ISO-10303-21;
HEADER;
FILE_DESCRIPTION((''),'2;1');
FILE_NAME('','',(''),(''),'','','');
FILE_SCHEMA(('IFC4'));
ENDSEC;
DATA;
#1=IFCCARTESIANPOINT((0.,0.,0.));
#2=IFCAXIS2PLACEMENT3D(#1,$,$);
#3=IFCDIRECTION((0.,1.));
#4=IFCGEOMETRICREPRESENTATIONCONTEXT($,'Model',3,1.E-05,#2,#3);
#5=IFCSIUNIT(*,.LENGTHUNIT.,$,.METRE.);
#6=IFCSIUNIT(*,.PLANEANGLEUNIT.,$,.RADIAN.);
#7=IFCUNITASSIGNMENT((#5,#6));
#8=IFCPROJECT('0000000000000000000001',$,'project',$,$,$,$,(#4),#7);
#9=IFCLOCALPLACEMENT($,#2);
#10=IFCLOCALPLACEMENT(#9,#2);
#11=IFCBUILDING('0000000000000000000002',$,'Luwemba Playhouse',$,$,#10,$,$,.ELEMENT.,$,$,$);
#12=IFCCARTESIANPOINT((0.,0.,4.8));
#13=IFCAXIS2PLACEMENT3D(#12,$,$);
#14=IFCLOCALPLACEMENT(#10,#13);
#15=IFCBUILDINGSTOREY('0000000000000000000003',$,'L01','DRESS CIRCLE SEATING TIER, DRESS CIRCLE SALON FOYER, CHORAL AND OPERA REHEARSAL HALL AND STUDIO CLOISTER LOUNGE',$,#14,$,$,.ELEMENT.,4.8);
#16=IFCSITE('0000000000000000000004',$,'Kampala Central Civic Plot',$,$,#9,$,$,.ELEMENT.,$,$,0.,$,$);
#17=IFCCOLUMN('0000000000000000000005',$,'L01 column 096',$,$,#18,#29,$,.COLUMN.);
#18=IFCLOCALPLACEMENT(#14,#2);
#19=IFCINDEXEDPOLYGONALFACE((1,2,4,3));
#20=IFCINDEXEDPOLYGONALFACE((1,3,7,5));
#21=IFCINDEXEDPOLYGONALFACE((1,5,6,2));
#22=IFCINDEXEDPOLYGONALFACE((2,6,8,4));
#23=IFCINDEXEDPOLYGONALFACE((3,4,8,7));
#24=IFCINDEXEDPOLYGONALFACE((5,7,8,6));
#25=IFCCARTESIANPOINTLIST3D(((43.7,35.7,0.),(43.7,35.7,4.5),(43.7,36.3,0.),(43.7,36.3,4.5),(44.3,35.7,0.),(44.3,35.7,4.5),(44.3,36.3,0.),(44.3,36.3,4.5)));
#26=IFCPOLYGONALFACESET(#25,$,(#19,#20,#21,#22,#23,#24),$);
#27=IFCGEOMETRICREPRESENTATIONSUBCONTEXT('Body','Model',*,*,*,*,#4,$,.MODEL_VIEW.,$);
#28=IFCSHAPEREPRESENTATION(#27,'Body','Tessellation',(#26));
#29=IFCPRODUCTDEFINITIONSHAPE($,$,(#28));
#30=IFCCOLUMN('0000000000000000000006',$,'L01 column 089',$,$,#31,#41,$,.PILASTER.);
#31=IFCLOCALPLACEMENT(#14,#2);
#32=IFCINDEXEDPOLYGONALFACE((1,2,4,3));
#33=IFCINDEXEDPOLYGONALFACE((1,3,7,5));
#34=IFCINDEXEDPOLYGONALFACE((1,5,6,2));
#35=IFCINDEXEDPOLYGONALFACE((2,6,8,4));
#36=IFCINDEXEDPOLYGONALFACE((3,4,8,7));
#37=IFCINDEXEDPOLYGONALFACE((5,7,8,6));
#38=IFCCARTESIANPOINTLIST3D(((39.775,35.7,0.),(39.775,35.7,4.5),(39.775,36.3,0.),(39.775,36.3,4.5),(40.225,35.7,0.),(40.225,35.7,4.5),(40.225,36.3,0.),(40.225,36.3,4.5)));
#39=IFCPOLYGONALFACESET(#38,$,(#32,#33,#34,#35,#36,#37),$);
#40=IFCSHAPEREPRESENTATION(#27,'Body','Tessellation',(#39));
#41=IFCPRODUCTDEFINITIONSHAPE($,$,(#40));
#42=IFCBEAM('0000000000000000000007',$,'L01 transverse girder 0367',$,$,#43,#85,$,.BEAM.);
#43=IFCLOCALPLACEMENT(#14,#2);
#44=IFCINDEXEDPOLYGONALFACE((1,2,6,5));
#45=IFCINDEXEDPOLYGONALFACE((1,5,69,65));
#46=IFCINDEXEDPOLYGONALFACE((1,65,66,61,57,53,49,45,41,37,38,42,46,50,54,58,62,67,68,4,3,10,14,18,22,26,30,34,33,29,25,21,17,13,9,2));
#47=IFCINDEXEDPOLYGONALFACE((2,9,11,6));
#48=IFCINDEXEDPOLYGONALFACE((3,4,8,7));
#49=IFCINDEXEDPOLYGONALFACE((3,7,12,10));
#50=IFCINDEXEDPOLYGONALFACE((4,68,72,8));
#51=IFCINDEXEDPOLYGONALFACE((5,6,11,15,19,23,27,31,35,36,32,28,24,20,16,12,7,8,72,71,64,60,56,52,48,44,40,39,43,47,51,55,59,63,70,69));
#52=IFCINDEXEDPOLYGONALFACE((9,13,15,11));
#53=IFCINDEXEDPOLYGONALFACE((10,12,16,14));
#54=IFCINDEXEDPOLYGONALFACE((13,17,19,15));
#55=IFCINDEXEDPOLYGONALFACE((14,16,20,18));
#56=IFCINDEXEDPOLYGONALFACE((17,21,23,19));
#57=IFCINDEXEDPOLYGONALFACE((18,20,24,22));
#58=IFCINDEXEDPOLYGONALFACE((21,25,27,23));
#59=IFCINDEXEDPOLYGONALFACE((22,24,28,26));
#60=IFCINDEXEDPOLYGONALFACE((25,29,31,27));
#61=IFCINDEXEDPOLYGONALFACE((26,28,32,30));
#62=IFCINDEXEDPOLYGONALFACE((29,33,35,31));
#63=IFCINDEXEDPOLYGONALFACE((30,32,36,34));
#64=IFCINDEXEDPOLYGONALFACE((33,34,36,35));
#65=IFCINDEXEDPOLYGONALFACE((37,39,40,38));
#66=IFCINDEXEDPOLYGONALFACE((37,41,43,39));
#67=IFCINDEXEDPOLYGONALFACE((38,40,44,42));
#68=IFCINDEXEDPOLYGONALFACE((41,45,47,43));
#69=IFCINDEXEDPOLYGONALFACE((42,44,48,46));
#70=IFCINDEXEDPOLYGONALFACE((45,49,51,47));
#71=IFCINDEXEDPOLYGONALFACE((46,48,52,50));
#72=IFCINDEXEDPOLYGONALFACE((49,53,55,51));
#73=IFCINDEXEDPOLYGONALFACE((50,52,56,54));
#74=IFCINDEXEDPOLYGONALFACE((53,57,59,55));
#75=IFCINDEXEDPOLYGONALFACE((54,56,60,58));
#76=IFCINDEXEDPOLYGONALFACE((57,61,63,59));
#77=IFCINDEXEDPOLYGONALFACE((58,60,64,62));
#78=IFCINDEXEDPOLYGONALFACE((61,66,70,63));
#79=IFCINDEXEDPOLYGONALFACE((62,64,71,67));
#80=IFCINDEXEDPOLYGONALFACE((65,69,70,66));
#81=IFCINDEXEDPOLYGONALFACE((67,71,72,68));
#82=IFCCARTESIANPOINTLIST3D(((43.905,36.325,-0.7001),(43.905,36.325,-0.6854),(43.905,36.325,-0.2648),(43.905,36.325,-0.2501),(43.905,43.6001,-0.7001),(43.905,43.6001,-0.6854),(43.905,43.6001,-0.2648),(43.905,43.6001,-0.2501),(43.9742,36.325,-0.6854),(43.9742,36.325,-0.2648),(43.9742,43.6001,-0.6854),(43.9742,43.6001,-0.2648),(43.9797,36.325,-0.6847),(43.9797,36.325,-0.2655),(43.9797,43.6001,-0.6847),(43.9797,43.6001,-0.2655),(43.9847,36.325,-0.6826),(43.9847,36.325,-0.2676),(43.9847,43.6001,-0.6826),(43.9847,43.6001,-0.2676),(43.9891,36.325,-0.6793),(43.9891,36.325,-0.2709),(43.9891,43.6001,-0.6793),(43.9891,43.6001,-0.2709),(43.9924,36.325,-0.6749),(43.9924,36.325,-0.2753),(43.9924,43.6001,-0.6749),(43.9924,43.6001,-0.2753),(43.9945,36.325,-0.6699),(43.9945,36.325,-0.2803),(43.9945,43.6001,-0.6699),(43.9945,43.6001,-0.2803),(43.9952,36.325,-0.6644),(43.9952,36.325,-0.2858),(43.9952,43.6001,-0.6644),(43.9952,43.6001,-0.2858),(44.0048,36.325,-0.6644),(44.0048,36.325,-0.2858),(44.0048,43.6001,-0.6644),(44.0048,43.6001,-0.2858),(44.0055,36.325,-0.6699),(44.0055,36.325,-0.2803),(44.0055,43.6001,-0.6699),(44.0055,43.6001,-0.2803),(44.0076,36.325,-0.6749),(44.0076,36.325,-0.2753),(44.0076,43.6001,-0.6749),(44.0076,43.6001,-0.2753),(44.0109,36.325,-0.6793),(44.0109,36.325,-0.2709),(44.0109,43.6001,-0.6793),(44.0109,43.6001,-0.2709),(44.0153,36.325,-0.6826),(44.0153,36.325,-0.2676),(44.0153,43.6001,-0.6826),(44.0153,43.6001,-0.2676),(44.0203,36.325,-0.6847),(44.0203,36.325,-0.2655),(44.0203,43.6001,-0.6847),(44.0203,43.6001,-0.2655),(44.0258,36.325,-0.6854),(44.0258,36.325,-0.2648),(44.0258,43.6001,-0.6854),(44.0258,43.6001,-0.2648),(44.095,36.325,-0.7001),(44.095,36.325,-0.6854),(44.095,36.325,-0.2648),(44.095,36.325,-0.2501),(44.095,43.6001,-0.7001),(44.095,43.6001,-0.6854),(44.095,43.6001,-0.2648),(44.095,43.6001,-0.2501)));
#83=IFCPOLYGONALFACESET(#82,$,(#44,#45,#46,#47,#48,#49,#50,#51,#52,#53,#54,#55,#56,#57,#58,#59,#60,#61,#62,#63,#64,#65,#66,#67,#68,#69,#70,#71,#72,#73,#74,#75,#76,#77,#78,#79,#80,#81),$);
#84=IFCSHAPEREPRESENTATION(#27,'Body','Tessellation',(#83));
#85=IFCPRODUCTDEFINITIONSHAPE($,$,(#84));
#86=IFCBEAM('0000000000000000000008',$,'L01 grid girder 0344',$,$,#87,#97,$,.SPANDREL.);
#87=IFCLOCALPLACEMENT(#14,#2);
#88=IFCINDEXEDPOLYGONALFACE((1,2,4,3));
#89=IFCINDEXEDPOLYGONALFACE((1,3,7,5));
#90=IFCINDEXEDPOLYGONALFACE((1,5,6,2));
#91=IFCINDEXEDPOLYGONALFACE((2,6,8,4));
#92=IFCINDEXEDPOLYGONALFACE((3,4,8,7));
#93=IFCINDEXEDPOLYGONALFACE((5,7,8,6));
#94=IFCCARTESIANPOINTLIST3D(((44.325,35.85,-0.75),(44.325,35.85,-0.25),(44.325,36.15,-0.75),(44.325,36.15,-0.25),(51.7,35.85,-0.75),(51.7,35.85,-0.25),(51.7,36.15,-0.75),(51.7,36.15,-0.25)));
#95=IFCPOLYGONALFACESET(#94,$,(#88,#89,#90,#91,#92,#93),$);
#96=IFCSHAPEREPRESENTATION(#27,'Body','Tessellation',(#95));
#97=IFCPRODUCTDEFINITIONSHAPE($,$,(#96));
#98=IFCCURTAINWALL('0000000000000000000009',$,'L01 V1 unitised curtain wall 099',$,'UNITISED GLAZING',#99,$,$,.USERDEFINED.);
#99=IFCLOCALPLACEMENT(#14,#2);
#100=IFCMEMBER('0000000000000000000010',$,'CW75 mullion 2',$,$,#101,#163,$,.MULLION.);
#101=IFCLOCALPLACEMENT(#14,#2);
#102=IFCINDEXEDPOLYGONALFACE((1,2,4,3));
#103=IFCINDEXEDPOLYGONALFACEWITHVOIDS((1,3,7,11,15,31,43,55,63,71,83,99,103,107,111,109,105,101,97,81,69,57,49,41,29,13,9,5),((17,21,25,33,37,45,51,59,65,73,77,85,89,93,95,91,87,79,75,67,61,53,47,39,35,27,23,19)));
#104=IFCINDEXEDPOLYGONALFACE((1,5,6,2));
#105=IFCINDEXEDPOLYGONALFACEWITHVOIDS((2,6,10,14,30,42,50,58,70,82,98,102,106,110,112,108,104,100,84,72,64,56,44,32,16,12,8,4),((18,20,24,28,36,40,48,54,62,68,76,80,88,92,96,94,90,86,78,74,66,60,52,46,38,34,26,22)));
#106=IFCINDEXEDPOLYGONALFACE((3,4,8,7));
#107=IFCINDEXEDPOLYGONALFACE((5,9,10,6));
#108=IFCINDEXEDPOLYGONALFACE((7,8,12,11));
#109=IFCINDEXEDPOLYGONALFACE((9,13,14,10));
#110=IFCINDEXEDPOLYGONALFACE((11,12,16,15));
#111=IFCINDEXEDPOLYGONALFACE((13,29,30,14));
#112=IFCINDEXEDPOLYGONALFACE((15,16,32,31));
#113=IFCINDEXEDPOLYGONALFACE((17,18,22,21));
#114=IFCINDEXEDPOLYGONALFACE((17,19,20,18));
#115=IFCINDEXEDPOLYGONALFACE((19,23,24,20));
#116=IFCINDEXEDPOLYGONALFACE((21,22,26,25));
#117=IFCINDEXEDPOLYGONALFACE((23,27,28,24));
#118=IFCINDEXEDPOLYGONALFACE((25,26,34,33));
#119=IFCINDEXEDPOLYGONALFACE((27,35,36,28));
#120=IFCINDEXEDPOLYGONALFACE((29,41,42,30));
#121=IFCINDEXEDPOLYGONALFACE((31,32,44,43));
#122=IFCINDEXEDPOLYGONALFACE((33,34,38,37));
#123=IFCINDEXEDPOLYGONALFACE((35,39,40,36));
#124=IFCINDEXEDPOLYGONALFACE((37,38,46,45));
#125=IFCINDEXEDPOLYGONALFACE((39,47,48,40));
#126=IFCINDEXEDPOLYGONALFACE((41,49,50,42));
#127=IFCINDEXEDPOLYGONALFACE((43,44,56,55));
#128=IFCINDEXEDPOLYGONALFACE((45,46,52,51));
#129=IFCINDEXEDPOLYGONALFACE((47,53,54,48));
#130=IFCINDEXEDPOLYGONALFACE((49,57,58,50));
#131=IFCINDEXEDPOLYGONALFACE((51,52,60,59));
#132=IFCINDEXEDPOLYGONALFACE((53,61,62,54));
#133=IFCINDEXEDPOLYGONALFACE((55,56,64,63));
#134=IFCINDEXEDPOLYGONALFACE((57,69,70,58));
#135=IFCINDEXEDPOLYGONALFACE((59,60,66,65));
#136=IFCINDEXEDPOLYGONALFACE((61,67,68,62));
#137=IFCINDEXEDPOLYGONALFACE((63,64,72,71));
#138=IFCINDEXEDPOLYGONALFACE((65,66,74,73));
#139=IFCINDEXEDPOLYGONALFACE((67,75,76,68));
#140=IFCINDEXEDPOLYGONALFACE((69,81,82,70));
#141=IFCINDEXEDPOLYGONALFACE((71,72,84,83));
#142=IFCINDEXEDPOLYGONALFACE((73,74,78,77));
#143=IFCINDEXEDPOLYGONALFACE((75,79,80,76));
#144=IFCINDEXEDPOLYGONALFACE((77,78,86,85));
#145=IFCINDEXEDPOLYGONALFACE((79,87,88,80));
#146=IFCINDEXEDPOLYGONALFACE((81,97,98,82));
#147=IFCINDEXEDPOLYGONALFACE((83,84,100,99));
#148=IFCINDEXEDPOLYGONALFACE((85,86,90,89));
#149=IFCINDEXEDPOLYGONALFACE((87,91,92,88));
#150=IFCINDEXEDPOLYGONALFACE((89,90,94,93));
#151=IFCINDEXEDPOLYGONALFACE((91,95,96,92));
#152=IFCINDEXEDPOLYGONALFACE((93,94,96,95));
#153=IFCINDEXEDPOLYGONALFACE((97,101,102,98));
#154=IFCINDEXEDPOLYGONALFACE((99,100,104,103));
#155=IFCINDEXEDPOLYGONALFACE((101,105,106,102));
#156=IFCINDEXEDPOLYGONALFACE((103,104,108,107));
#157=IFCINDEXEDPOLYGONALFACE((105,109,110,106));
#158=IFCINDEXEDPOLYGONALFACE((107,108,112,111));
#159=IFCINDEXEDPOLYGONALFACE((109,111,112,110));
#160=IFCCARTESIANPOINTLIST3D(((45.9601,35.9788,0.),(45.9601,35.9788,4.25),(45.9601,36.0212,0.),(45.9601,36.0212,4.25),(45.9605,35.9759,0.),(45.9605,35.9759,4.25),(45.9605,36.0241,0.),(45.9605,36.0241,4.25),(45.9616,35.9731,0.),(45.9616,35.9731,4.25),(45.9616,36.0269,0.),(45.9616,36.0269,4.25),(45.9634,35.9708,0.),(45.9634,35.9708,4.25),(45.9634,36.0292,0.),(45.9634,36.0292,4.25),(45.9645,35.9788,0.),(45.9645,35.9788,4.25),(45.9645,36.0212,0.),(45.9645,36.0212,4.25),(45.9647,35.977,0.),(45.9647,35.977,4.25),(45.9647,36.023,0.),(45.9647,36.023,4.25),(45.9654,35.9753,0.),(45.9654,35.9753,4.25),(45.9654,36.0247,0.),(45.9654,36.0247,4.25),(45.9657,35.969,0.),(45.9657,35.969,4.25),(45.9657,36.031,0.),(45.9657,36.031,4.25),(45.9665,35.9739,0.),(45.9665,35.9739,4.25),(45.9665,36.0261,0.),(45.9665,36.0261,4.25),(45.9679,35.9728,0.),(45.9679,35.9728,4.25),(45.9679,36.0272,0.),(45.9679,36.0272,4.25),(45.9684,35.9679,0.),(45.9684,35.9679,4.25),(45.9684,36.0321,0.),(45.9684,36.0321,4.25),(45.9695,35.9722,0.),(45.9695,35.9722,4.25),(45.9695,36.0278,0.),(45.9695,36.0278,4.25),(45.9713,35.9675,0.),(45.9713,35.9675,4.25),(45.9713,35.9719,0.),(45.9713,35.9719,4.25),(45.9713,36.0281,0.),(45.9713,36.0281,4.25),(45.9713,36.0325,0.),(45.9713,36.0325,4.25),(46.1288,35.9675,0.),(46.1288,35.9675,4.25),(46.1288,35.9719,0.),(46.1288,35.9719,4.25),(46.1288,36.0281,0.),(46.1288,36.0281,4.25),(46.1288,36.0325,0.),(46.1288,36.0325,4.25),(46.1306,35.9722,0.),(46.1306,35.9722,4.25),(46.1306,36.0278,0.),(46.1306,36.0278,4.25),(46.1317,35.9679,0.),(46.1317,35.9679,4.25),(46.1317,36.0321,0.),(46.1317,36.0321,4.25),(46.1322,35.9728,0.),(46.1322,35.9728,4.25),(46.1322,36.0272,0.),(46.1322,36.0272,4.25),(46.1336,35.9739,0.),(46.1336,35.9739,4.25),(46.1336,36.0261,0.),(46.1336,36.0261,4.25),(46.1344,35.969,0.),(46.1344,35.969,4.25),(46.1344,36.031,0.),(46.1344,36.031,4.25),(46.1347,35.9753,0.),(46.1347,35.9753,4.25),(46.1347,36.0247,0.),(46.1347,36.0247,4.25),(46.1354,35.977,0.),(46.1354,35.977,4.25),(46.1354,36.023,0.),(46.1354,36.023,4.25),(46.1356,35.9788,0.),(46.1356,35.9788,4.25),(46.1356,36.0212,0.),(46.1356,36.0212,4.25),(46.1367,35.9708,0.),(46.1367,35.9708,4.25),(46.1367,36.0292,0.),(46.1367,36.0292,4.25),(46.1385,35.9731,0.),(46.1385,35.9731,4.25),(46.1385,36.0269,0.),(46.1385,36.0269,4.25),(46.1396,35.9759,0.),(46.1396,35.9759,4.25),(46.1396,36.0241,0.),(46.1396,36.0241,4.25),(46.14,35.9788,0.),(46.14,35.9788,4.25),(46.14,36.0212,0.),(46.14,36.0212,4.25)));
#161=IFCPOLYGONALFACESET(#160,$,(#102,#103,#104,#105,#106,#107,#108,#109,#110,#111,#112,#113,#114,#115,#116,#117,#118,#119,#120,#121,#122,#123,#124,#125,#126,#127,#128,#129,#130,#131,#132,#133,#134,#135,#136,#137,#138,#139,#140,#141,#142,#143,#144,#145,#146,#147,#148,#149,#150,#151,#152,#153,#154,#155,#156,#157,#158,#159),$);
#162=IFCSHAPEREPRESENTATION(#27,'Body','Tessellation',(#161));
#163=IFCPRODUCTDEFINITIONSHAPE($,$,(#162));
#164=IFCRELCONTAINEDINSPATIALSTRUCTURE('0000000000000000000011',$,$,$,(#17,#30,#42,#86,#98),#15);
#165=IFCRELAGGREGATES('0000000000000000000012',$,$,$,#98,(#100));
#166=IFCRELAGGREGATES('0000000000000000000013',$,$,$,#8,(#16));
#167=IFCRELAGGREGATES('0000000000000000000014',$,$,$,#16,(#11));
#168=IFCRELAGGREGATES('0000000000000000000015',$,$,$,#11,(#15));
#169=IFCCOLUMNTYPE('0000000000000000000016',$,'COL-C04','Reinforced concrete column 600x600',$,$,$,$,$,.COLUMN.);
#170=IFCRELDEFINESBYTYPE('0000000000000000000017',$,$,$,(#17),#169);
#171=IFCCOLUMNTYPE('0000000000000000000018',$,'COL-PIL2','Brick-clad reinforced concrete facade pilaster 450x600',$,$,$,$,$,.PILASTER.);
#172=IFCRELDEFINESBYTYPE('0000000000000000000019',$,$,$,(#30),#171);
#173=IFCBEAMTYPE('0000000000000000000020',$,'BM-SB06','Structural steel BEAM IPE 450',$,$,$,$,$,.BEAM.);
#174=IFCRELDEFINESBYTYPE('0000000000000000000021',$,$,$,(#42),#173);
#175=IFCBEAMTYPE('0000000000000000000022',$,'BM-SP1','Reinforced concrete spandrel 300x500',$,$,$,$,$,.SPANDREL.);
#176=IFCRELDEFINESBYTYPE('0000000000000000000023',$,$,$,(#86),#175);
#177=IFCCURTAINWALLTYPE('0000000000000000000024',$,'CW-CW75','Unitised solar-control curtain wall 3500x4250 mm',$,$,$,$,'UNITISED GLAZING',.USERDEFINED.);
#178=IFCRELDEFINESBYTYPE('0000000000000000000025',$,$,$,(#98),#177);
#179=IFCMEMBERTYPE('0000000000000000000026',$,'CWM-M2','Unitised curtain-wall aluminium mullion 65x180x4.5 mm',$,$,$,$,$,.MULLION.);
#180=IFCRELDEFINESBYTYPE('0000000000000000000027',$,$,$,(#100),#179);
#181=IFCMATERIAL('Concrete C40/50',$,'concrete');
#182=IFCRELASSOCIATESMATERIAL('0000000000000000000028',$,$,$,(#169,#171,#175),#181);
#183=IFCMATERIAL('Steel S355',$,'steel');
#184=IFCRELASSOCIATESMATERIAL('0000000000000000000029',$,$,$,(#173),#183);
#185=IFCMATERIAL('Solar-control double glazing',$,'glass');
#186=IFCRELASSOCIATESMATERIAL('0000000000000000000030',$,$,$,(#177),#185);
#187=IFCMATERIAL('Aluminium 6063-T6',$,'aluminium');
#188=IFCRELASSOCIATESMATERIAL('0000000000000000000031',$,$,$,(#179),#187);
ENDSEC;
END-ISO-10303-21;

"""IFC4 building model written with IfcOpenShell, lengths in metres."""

from ifc_helpers import new_model, si_unit, direction, frame, origin, origin_2d, place, context, subcontext, project, spatial, rectangle, hollow_rectangle, i_section, extrude, material, material_profile, profile_set, type_object, element, aggregate, save


model = new_model("IFC4")

# Units and contexts
model_context = context("Model", 3, precision=1e-05, world=origin(), true_north=direction((0.0, 1.0)))
body_context = subcontext(model_context, "Body", "Model", "MODEL_VIEW")
ifc_project = project(units=[si_unit("LENGTHUNIT", "METRE"), si_unit("PLANEANGLEUNIT", "RADIAN")], contexts=[model_context])

# Site, building, storey
site_placement = place(None, origin())
site = spatial("IfcSite", under=ifc_project, at=site_placement, Name="Kampala Central Civic Plot", CompositionType="ELEMENT", RefElevation=0.0)
building_placement = place(site_placement, origin())
building = spatial("IfcBuilding", under=site, at=building_placement, Name="Luwemba Playhouse", CompositionType="ELEMENT")
storey_placement = place(building_placement, frame((0.0, 0.0, 4.8)))
storey = spatial("IfcBuildingStorey", under=building, at=storey_placement, Name="L01", Description="DRESS CIRCLE SEATING TIER, DRESS CIRCLE SALON FOYER, CHORAL AND OPERA REHEARSAL HALL AND STUDIO CLOISTER LOUNGE", CompositionType="ELEMENT", Elevation=4.8)

# Columns
ifc_material_1 = material(Name="Concrete C40/50", Category="concrete")
ifc_material_profile_1 = material_profile(ifc_material_1, rectangle(XDim=0.6001, YDim=0.6001, at=origin_2d()))
ifc_profile_set_1 = profile_set([ifc_material_profile_1], Name="Concrete C40/50")
column_type_1 = type_object("IfcColumnType", Name="COL-C04", Description="Reinforced concrete column 600x600", PredefinedType="COLUMN", material=ifc_profile_set_1)
column_1_placement = place(storey_placement, frame((44.0, 36.0, 0.0), z_axis=(0.0, 0.0, 1.0), x_axis=(1.0, 0.0, 0.0)))
element("IfcColumn", 1, at=column_1_placement, inside=storey, type_object=column_type_1, Name="L01 column 096", PredefinedType="COLUMN", context=body_context, shape_type="SweptSolid", body=[
    extrude(rectangle(XDim=0.6001, YDim=0.6001, at=origin_2d()), origin(), (0.0, 0.0, 1.0), 4.5),
])
ifc_material_profile_2 = material_profile(ifc_material_1, rectangle(XDim=0.45, YDim=0.6001, at=origin_2d()))
ifc_profile_set_2 = profile_set([ifc_material_profile_2], Name="Concrete C40/50")
column_type_2 = type_object("IfcColumnType", Name="COL-PIL2", Description="Brick-clad reinforced concrete facade pilaster 450x600", PredefinedType="PILASTER", material=ifc_profile_set_2)
column_2_placement = place(storey_placement, frame((40.0, 36.0, 0.0), z_axis=(0.0, 0.0, 1.0), x_axis=(1.0, 0.0, 0.0)))
element("IfcColumn", 2, at=column_2_placement, inside=storey, type_object=column_type_2, Name="L01 column 089", PredefinedType="PILASTER", context=body_context, shape_type="SweptSolid", body=[
    extrude(rectangle(XDim=0.45, YDim=0.6001, at=origin_2d()), origin(), (0.0, 0.0, 1.0), 4.5),
])

# Beams
ifc_material_2 = material(Name="Steel S355", Category="steel")
ifc_material_profile_3 = material_profile(ifc_material_2, i_section(OverallWidth=0.1899, OverallDepth=0.45, WebThickness=0.0095, FlangeThickness=0.0146, FilletRadius=0.021, at=origin_2d()))
ifc_profile_set_3 = profile_set([ifc_material_profile_3], Name="Steel S355")
beam_type_1 = type_object("IfcBeamType", Name="BM-SB06", Description="Structural steel BEAM IPE 450", PredefinedType="BEAM", material=ifc_profile_set_3)
beam_1_placement = place(storey_placement, frame((44.0, 36.325, -0.4751), z_axis=(0.0, 1.0, 0.0), x_axis=(-1.0, 0.0, 0.0)))
element("IfcBeam", 3, at=beam_1_placement, inside=storey, type_object=beam_type_1, Name="L01 transverse girder 0367", PredefinedType="BEAM", context=body_context, shape_type="SweptSolid", body=[
    extrude(i_section(OverallWidth=0.1899, OverallDepth=0.45, WebThickness=0.0095, FlangeThickness=0.0146, FilletRadius=0.021, at=origin_2d()), origin(), (0.0, 0.0, 1.0), 7.2751),
])
ifc_material_profile_4 = material_profile(ifc_material_1, rectangle(XDim=0.3, YDim=0.5, at=origin_2d()))
ifc_profile_set_4 = profile_set([ifc_material_profile_4], Name="Concrete C40/50")
beam_type_2 = type_object("IfcBeamType", Name="BM-SP1", Description="Reinforced concrete spandrel 300x500", PredefinedType="SPANDREL", material=ifc_profile_set_4)
beam_2_placement = place(storey_placement, frame((44.325, 36.0, -0.5), z_axis=(1.0, 0.0, 0.0), x_axis=(0.0, 1.0, 0.0)))
element("IfcBeam", 4, at=beam_2_placement, inside=storey, type_object=beam_type_2, Name="L01 grid girder 0344", PredefinedType="SPANDREL", context=body_context, shape_type="SweptSolid", body=[
    extrude(rectangle(XDim=0.3, YDim=0.5, at=origin_2d()), origin(), (0.0, 0.0, 1.0), 7.375),
])

# Curtain wall, member
ifc_material_3 = material(Name="Solar-control double glazing", Category="glass")
curtain_wall_type_1 = type_object("IfcCurtainWallType", Name="CW-CW75", Description="Unitised solar-control curtain wall 3500x4250 mm", ElementType="UNITISED GLAZING", PredefinedType="USERDEFINED", material=ifc_material_3)
curtain_wall_1_placement = place(storey_placement, origin())
curtain_wall_1 = element("IfcCurtainWall", 5, at=curtain_wall_1_placement, inside=storey, type_object=curtain_wall_type_1, Name="L01 V1 unitised curtain wall 099", ObjectType="UNITISED GLAZING", PredefinedType="USERDEFINED")
ifc_material_4 = material(Name="Aluminium 6063-T6", Category="aluminium")
ifc_material_profile_5 = material_profile(ifc_material_4, hollow_rectangle(XDim=0.0649, YDim=0.1799, WallThickness=0.0044, InnerFilletRadius=0.0068, OuterFilletRadius=0.0112, at=origin_2d()))
ifc_profile_set_5 = profile_set([ifc_material_profile_5], Name="Aluminium 6063-T6")
member_type_1 = type_object("IfcMemberType", Name="CWM-M2", Description="Unitised curtain-wall aluminium mullion 65x180x4.5 mm", PredefinedType="MULLION", material=ifc_profile_set_5)
member_1_placement = place(storey_placement, frame((46.05, 36.0, 0.0), z_axis=(0.0, 0.0, 1.0), x_axis=(0.0, -1.0, 0.0)))
member_1 = element("IfcMember", 6, at=member_1_placement, type_object=member_type_1, Name="CW75 mullion 2", PredefinedType="MULLION", context=body_context, shape_type="SweptSolid", body=[
    extrude(hollow_rectangle(XDim=0.0649, YDim=0.1799, WallThickness=0.0044, InnerFilletRadius=0.0068, OuterFilletRadius=0.0112, at=origin_2d()), origin(), (0.0, 0.0, 1.0), 4.25),
])

aggregate(curtain_wall_1, [member_1])

save(model, "model.ifc")
